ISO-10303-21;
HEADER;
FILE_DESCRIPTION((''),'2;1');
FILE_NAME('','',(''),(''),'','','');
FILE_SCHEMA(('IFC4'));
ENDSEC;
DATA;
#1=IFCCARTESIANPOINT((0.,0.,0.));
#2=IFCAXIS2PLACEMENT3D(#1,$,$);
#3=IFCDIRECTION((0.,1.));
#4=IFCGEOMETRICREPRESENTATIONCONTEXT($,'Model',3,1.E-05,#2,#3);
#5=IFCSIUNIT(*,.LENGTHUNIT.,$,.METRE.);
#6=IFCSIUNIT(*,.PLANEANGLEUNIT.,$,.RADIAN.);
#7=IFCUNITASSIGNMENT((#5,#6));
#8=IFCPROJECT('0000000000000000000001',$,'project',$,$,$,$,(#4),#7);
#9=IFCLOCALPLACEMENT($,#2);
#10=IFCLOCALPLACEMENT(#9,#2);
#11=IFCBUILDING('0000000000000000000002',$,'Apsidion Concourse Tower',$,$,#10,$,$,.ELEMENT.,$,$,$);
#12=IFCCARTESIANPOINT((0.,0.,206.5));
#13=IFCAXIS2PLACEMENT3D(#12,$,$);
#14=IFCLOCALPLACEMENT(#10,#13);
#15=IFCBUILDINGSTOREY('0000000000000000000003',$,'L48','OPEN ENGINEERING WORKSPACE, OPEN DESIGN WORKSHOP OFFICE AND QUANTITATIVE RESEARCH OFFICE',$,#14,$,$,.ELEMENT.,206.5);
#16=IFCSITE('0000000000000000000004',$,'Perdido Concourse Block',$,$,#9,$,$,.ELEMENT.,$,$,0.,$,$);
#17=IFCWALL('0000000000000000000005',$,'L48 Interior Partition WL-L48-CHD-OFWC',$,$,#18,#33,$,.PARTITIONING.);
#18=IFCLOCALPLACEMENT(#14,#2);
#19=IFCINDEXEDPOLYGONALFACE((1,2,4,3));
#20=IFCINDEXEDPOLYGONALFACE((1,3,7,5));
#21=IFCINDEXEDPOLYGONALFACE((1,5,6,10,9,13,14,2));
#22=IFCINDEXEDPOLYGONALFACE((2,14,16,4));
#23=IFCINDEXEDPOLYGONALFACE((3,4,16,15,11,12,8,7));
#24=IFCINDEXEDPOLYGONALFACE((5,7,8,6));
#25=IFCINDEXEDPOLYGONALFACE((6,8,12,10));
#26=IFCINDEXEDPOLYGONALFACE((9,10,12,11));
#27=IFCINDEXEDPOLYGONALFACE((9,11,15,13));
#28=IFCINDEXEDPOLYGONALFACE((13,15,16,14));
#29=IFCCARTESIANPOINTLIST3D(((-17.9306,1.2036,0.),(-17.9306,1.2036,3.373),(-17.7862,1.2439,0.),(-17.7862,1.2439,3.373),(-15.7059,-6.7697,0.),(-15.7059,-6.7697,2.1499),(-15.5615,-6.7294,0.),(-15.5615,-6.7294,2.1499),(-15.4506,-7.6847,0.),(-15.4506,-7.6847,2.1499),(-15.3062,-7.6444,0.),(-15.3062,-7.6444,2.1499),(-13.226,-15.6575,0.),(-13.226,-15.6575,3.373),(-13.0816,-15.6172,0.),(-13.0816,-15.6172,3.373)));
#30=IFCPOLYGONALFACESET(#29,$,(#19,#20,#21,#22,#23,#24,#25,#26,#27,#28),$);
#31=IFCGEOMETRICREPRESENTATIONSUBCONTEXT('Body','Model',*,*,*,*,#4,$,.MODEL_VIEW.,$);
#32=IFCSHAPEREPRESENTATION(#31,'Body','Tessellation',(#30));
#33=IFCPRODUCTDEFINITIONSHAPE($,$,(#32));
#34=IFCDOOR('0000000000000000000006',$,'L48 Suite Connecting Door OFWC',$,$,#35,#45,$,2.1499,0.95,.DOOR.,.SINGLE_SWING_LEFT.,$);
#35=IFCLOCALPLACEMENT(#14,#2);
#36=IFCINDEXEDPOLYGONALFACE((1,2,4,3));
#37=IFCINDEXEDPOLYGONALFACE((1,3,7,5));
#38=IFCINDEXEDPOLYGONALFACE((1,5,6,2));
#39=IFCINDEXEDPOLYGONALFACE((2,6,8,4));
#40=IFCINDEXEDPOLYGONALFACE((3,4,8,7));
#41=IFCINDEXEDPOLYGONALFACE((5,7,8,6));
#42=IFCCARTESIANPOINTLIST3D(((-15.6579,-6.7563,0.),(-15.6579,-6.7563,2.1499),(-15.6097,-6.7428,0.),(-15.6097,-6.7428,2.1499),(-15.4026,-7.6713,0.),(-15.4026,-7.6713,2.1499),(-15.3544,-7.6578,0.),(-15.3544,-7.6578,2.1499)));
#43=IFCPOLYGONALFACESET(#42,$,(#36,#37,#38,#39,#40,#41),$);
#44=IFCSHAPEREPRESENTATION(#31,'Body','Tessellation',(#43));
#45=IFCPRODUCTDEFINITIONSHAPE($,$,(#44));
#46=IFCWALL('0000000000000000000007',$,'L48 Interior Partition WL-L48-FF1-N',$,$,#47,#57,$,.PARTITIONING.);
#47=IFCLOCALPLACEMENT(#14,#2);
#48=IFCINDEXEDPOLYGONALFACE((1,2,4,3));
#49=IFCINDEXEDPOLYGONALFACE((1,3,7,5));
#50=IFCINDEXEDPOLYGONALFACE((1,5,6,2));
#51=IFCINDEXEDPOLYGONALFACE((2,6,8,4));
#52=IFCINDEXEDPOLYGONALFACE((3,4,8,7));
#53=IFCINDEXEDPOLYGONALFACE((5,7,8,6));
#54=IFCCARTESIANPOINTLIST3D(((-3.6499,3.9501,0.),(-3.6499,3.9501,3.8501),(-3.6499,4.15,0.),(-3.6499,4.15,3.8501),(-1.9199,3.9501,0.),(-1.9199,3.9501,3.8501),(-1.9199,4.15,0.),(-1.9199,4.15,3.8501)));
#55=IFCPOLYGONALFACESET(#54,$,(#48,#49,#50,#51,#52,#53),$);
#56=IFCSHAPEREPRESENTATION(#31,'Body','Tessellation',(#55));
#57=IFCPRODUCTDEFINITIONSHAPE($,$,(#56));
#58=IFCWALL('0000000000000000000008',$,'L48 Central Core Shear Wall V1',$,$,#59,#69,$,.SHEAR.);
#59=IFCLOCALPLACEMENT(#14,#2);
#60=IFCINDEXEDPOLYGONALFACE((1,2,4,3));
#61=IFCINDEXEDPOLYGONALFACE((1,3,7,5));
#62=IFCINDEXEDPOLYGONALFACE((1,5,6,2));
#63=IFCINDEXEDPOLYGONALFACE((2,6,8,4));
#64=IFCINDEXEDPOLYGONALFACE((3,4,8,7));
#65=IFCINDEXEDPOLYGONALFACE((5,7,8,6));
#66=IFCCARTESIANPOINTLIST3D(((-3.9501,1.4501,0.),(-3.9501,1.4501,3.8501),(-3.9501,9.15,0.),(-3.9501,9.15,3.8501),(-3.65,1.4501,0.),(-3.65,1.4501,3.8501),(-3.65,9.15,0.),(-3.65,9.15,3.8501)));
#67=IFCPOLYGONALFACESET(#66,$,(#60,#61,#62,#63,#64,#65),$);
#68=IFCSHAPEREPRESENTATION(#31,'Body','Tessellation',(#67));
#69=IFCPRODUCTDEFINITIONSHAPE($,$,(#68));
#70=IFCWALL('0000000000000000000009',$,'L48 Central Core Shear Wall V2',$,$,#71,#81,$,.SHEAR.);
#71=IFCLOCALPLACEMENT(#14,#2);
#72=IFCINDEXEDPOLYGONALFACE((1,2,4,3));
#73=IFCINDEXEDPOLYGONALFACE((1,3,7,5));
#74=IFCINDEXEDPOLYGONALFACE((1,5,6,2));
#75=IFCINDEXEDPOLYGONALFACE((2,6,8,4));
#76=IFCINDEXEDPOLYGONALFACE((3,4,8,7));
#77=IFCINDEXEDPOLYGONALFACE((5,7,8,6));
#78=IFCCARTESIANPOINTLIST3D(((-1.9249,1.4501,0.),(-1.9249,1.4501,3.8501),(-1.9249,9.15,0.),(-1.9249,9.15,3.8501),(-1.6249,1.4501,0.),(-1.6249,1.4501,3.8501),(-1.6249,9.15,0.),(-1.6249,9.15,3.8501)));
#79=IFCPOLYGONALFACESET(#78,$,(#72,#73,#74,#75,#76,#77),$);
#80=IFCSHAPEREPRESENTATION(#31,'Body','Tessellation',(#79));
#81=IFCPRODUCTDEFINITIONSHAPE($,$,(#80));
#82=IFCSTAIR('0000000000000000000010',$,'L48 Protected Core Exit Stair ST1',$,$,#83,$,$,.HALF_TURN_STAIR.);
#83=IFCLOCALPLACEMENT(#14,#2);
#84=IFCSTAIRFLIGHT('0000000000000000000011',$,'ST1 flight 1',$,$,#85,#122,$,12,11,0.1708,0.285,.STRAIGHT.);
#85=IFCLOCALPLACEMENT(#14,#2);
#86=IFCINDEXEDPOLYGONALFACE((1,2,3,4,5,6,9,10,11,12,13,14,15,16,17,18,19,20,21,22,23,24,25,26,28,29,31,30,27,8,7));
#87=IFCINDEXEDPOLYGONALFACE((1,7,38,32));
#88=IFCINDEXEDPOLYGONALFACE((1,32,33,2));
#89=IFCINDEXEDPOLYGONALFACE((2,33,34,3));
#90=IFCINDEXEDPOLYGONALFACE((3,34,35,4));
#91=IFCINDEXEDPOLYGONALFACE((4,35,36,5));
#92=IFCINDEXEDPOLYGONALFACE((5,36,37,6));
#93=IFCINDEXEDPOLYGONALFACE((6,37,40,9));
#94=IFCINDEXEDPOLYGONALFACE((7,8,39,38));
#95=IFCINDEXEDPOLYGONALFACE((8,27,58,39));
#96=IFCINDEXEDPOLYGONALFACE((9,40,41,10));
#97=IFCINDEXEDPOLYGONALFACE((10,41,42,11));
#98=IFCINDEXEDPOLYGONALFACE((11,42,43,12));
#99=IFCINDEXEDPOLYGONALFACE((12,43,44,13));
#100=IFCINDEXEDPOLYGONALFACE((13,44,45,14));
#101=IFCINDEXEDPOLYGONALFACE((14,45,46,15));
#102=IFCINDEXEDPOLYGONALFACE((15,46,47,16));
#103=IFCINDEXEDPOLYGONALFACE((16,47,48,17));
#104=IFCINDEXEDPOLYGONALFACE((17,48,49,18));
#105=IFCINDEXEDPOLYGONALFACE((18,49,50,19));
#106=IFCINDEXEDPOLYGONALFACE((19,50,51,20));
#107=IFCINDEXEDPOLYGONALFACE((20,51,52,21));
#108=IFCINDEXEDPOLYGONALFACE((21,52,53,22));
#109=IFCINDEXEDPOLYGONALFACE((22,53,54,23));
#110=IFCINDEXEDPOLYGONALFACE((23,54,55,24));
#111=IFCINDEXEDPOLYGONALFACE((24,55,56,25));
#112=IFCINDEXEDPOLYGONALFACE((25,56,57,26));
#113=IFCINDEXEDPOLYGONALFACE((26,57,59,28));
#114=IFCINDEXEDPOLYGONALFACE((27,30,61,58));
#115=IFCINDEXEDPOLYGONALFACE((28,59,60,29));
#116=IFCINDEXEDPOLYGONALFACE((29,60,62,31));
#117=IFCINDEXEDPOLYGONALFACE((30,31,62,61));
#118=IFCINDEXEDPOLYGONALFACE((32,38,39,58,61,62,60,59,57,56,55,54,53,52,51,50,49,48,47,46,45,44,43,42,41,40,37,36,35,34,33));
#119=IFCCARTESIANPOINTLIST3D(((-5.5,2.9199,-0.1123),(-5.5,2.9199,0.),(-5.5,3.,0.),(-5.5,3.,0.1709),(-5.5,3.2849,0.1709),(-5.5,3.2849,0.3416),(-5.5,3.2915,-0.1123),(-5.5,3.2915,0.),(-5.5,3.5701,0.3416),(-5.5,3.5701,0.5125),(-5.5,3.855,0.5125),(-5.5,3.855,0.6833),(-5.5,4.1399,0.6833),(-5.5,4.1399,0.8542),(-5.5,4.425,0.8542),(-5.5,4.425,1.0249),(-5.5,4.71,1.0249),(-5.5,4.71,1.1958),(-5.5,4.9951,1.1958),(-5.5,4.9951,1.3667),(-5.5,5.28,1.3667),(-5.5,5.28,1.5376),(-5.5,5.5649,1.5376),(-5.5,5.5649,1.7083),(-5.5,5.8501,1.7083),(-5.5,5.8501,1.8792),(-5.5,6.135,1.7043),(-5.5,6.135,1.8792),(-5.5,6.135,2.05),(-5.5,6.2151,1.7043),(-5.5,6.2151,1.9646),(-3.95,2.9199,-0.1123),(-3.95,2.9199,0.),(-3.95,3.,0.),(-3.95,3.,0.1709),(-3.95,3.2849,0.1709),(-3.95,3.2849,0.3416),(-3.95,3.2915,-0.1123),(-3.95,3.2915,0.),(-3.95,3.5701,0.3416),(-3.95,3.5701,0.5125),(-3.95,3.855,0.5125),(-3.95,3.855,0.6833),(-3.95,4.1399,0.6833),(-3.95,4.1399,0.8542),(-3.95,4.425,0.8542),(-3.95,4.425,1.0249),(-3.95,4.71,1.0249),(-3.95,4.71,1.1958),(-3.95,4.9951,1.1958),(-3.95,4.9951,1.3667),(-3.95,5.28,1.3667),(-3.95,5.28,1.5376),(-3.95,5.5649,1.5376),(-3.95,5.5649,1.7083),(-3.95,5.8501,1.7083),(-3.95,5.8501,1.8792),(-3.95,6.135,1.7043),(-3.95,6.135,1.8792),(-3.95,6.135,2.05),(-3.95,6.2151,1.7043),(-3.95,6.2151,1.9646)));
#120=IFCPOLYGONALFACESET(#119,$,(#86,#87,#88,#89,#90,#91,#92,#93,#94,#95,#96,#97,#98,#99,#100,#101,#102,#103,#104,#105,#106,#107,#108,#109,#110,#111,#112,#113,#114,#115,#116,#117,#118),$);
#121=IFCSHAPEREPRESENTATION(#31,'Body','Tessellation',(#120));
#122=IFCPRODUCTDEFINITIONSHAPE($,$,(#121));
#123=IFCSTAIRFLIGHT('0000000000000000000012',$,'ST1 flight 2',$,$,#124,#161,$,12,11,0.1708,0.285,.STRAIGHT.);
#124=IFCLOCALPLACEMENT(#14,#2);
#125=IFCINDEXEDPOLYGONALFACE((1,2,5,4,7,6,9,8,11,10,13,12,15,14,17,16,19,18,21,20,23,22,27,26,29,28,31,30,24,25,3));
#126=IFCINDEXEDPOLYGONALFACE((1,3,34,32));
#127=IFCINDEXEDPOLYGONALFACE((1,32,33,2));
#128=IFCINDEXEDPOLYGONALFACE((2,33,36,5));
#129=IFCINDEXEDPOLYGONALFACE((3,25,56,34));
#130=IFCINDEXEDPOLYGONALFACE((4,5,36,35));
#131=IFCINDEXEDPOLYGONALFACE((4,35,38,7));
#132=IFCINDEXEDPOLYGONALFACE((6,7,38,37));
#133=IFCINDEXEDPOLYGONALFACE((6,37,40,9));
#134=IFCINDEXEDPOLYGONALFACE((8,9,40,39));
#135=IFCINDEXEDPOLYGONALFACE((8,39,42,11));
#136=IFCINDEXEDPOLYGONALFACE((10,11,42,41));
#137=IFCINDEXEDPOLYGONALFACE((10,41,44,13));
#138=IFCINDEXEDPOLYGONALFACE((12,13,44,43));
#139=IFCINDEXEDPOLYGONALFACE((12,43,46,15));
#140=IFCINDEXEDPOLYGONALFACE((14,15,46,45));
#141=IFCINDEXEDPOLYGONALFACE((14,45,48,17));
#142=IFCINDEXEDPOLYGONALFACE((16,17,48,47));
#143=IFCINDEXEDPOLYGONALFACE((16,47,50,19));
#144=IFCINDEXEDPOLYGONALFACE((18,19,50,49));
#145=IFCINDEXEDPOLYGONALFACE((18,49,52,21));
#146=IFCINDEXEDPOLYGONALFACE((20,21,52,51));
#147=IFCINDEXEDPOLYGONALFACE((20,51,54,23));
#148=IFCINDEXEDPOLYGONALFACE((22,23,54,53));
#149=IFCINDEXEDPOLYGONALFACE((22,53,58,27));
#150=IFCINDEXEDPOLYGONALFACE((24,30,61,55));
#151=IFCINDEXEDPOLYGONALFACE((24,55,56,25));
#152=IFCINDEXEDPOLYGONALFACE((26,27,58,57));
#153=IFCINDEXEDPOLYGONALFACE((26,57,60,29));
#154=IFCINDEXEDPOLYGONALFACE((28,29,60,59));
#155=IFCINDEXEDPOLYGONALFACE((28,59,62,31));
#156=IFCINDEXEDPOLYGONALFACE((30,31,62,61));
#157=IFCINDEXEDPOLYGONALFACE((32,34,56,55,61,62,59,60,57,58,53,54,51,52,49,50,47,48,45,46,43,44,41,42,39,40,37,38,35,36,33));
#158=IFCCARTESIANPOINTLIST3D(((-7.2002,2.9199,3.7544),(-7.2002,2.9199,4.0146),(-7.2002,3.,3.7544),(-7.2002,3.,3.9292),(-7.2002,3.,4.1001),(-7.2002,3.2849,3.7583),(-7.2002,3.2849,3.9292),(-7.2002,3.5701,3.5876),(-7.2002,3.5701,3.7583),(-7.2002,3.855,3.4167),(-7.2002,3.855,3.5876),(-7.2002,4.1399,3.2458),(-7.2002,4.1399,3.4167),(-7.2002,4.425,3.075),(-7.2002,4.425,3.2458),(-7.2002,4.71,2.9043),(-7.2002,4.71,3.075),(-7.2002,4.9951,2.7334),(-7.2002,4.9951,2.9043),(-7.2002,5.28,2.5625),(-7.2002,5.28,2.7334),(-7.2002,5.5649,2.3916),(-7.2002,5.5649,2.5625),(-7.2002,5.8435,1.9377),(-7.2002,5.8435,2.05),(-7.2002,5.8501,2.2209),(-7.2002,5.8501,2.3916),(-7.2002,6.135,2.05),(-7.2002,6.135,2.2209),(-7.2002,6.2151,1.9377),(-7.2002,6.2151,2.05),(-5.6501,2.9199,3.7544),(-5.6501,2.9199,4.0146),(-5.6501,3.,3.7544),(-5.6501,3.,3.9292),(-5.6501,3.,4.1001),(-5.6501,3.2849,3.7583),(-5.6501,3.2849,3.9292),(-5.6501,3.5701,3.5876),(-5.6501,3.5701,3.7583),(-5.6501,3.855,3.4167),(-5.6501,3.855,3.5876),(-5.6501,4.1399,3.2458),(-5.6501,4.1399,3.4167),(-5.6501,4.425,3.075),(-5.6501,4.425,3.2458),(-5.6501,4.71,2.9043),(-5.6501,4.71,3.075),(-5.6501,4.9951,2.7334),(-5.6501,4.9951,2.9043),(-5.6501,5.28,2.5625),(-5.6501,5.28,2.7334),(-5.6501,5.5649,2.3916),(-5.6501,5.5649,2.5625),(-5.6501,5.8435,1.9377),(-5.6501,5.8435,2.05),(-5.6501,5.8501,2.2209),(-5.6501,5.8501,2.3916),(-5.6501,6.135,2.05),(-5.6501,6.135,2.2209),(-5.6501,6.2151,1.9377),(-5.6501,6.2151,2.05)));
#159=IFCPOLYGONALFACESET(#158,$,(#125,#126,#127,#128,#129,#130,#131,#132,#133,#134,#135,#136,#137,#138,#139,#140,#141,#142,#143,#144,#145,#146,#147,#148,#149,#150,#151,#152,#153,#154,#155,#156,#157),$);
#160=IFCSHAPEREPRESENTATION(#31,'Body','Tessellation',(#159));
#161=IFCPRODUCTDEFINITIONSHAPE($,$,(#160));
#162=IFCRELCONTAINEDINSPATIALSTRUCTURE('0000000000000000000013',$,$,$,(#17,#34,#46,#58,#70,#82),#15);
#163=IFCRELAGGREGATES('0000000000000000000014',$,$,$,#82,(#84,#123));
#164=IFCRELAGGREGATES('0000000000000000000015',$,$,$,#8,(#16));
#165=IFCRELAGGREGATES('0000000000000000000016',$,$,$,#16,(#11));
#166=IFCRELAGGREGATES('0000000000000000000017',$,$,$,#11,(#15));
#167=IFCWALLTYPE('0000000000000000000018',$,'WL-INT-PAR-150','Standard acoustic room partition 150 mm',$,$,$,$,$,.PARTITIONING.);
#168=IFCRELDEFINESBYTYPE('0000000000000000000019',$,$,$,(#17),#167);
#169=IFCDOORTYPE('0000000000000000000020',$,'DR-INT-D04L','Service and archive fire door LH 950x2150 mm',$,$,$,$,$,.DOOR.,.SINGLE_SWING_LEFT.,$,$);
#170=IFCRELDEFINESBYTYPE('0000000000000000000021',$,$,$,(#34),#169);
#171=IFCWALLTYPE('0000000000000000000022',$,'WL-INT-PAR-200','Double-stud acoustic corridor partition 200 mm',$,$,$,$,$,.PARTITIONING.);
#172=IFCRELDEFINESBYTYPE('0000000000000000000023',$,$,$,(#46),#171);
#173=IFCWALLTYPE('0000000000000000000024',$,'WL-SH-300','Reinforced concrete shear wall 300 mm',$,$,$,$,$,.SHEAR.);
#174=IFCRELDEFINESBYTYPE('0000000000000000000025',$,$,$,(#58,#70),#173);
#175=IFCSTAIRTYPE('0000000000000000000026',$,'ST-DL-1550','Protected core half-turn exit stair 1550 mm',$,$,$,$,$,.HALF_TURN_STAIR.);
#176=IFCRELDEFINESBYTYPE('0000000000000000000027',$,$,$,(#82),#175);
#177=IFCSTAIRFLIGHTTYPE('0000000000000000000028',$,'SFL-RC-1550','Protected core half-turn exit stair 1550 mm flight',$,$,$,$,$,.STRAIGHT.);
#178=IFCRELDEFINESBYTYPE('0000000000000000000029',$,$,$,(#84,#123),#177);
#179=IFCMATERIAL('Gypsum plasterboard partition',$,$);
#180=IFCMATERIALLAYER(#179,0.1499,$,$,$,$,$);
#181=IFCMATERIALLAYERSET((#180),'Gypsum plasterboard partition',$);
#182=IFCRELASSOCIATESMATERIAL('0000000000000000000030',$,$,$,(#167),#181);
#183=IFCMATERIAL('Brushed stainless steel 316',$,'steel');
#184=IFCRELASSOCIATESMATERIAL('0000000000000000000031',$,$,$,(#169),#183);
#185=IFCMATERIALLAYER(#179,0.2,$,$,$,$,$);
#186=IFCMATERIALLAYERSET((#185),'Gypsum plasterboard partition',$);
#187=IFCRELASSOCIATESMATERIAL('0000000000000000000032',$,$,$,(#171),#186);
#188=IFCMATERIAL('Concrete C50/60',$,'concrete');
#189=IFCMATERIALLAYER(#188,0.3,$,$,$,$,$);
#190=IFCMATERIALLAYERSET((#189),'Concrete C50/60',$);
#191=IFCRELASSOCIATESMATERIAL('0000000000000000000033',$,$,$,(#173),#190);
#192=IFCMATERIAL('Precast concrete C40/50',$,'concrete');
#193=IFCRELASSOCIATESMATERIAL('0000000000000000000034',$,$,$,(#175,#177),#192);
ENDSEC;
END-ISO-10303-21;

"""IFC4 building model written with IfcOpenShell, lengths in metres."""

from ifc_helpers import new_model, si_unit, direction, frame, frame_2d, origin, place, context, subcontext, project, spatial, polyline, rectangle, outline, extrude, material, layer, layer_set, type_object, element, fill, aggregate, save


model = new_model("IFC4")

# Units and contexts
model_context = context("Model", 3, precision=1e-05, world=origin(), true_north=direction((0.0, 1.0)))
body_context = subcontext(model_context, "Body", "Model", "MODEL_VIEW")
ifc_project = project(units=[si_unit("LENGTHUNIT", "METRE"), si_unit("PLANEANGLEUNIT", "RADIAN")], contexts=[model_context])

# Site, building, storey
site_placement = place(None, origin())
site = spatial("IfcSite", under=ifc_project, at=site_placement, Name="Perdido Concourse Block", CompositionType="ELEMENT", RefElevation=0.0)
building_placement = place(site_placement, origin())
building = spatial("IfcBuilding", under=site, at=building_placement, Name="Apsidion Concourse Tower", CompositionType="ELEMENT")
storey_placement = place(building_placement, frame((0.0, 0.0, 206.5)))
storey = spatial("IfcBuildingStorey", under=building, at=storey_placement, Name="L48", Description="OPEN ENGINEERING WORKSPACE, OPEN DESIGN WORKSHOP OFFICE AND QUANTITATIVE RESEARCH OFFICE", CompositionType="ELEMENT", Elevation=206.5)

# Shared definitions
ifc_material_1 = material(Name="Concrete C50/60", Category="concrete")

# Shared definitions
ifc_material_2 = material(Name="Gypsum plasterboard partition")
ifc_layer_1 = layer(ifc_material_2, 0.1499)
ifc_layer_set_1 = layer_set([ifc_layer_1], Name="Gypsum plasterboard partition")
wall_type_1 = type_object("IfcWallType", Name="WL-INT-PAR-150", Description="Standard acoustic room partition 150 mm", PredefinedType="PARTITIONING", material=ifc_layer_set_1)

# Wall, opening, door
wall_1_placement = place(storey_placement, frame((-17.8584, 1.2236, 0.0), z_axis=(0.0, 0.0, 1.0), x_axis=(0.268755, -0.963209, 0.0)))
wall_1 = element("IfcWall", 1, at=wall_1_placement, inside=storey, type_object=wall_type_1, Name="L48 Interior Partition WL-L48-CHD-OFWC", PredefinedType="PARTITIONING", context=body_context, shape_type="SweptSolid", body=[
    extrude(rectangle(XDim=17.5051, YDim=0.1499, at=frame_2d((8.7524, 0.0))), origin(), (0.0, 0.0, 1.0), 3.373),
])
opening_1_placement = place(wall_1_placement, frame((8.2776, 0.0, 0.0)))
opening_1 = element("IfcOpeningElement", 2, at=opening_1_placement, cuts=wall_1, PredefinedType="OPENING", context=body_context, shape_type="SweptSolid", body=[
    extrude(rectangle(XDim=0.95, YDim=2.1499, at=frame_2d((0.4751, 1.075))), frame((0.0, 0.085, 0.0), z_axis=(0.0, -1.0, 0.0), x_axis=(1.0, 0.0, 0.0)), (0.0, 0.0, 1.0), 0.1699),
])
ifc_material_3 = material(Name="Brushed stainless steel 316", Category="steel")
door_type_1 = type_object("IfcDoorType", Name="DR-INT-D04L", Description="Service and archive fire door LH 950x2150 mm", OperationType="SINGLE_SWING_LEFT", PredefinedType="DOOR", material=ifc_material_3)
door_1_placement = place(opening_1_placement, origin())
door_1 = element("IfcDoor", 3, at=door_1_placement, inside=storey, type_object=door_type_1, Name="L48 Suite Connecting Door OFWC", OperationType="SINGLE_SWING_LEFT", OverallHeight=2.1499, OverallWidth=0.95, PredefinedType="DOOR", context=body_context, shape_type="SweptSolid", body=[
    extrude(rectangle(XDim=0.95, YDim=2.1499, at=frame_2d((0.4751, 1.075))), frame((0.0, 0.0249, 0.0), z_axis=(0.0, -1.0, 0.0), x_axis=(1.0, 0.0, 0.0)), (0.0, 0.0, 1.0), 0.05),
])
fill(opening_1, door_1)

# Walls
ifc_layer_2 = layer(ifc_material_2, 0.2)
ifc_layer_set_2 = layer_set([ifc_layer_2], Name="Gypsum plasterboard partition")
wall_type_2 = type_object("IfcWallType", Name="WL-INT-PAR-200", Description="Double-stud acoustic corridor partition 200 mm", PredefinedType="PARTITIONING", material=ifc_layer_set_2)
wall_2_placement = place(storey_placement, frame((-3.6499, 4.05, 0.0), z_axis=(0.0, 0.0, 1.0), x_axis=(1.0, 0.0, 0.0)))
element("IfcWall", 4, at=wall_2_placement, inside=storey, type_object=wall_type_2, Name="L48 Interior Partition WL-L48-FF1-N", PredefinedType="PARTITIONING", context=body_context, shape_type="SweptSolid", body=[
    extrude(rectangle(XDim=1.73, YDim=0.2, at=frame_2d((0.865, 0.0))), origin(), (0.0, 0.0, 1.0), 3.8501),
])
ifc_layer_3 = layer(ifc_material_1, 0.3)
ifc_layer_set_3 = layer_set([ifc_layer_3], Name="Concrete C50/60")
wall_type_3 = type_object("IfcWallType", Name="WL-SH-300", Description="Reinforced concrete shear wall 300 mm", PredefinedType="SHEAR", material=ifc_layer_set_3)
for number, where, z_axis, x_axis, name in (
    (5, (-3.8, 1.45, 0.0), (0.0, 0.0, 1.0), (0.0, 1.0, 0.0), "L48 Central Core Shear Wall V1"),
    (6, (-1.7749, 1.45, 0.0), (0.0, 0.0, 1.0), (0.0, 1.0, 0.0), "L48 Central Core Shear Wall V2"),
):
    element("IfcWall", number, at=place(storey_placement, frame(where, z_axis=z_axis, x_axis=x_axis)), inside=storey, type_object=wall_type_3, Name=name, PredefinedType="SHEAR", context=body_context, shape_type="SweptSolid", body=[
        extrude(rectangle(XDim=7.7, YDim=0.3, at=frame_2d((3.8501, 0.0))), origin(), (0.0, 0.0, 1.0), 3.8501),
    ])

# Stair, stair flights
ifc_material_4 = material(Name="Precast concrete C40/50", Category="concrete")
stair_type = type_object("IfcStairType", Name="ST-DL-1550", Description="Protected core half-turn exit stair 1550 mm", PredefinedType="HALF_TURN_STAIR", material=ifc_material_4)
stair_placement = place(storey_placement, origin())
stair = element("IfcStair", 7, at=stair_placement, inside=storey, type_object=stair_type, Name="L48 Protected Core Exit Stair ST1", PredefinedType="HALF_TURN_STAIR")
stair_flight_type = type_object("IfcStairFlightType", Name="SFL-RC-1550", Description="Protected core half-turn exit stair 1550 mm flight", PredefinedType="STRAIGHT", material=ifc_material_4)
stair_flight_1_placement = place(storey_placement, frame((-4.7251, 3.0, 0.0), z_axis=(0.0, 0.0, 1.0), x_axis=(0.0, 1.0, 0.0)))
stair_flight_1 = element("IfcStairFlight", 8, at=stair_flight_1_placement, type_object=stair_flight_type, Name="ST1 flight 1", NumberOfRisers=12, NumberOfTreads=11, PredefinedType="STRAIGHT", RiserHeight=0.1708, TreadLength=0.285, context=body_context, shape_type="SweptSolid", body=[
    extrude(outline(polyline([(-0.0801, -0.1123), (-0.0801, 0.0), (0.0, 0.0), (0.0, 0.1709), (0.2849, 0.1709), (0.2849, 0.3416), (0.5701, 0.3416), (0.5701, 0.5125), (0.855, 0.5125), (0.855, 0.6833), (1.1399, 0.6833), (1.1399, 0.8542), (1.425, 0.8542), (1.425, 1.0249), (1.71, 1.0249), (1.71, 1.1958), (1.9951, 1.1958), (1.9951, 1.3667), (2.28, 1.3667), (2.28, 1.5376), (2.5649, 1.5376), (2.5649, 1.7083), (2.8501, 1.7083), (2.8501, 1.8792), (3.135, 1.8792), (3.135, 2.05), (3.2151, 1.9646), (3.2151, 1.7043), (3.135, 1.7043), (0.2915, 0.0), (0.2915, -0.1123), (-0.0801, -0.1123)])), frame((0.0, 0.7749, 0.0), z_axis=(0.0, -1.0, 0.0), x_axis=(1.0, 0.0, 0.0)), (0.0, 0.0, 1.0), 1.55),
])
stair_flight_2_placement = place(storey_placement, frame((-6.425, 6.135, 2.05), z_axis=(0.0, 0.0, 1.0), x_axis=(0.0, -1.0, 0.0)))
stair_flight_2 = element("IfcStairFlight", 9, at=stair_flight_2_placement, type_object=stair_flight_type, Name="ST1 flight 2", NumberOfRisers=12, NumberOfTreads=11, PredefinedType="STRAIGHT", RiserHeight=0.1708, TreadLength=0.285, context=body_context, shape_type="SweptSolid", body=[
    extrude(outline(polyline([(-0.0801, -0.1123), (-0.0801, 0.0), (0.0, 0.0), (0.0, 0.1709), (0.2849, 0.1709), (0.2849, 0.3416), (0.5701, 0.3416), (0.5701, 0.5125), (0.855, 0.5125), (0.855, 0.6833), (1.1399, 0.6833), (1.1399, 0.8542), (1.425, 0.8542), (1.425, 1.0249), (1.71, 1.0249), (1.71, 1.1958), (1.9951, 1.1958), (1.9951, 1.3667), (2.28, 1.3667), (2.28, 1.5376), (2.5649, 1.5376), (2.5649, 1.7083), (2.8501, 1.7083), (2.8501, 1.8792), (3.135, 1.8792), (3.135, 2.05), (3.2151, 1.9646), (3.2151, 1.7043), (3.135, 1.7043), (0.2915, 0.0), (0.2915, -0.1123), (-0.0801, -0.1123)])), frame((0.0, 0.7749, 0.0), z_axis=(0.0, -1.0, 0.0), x_axis=(1.0, 0.0, 0.0)), (0.0, 0.0, 1.0), 1.55),
])
aggregate(stair, [stair_flight_1, stair_flight_2])

save(model, "model.ifc")
